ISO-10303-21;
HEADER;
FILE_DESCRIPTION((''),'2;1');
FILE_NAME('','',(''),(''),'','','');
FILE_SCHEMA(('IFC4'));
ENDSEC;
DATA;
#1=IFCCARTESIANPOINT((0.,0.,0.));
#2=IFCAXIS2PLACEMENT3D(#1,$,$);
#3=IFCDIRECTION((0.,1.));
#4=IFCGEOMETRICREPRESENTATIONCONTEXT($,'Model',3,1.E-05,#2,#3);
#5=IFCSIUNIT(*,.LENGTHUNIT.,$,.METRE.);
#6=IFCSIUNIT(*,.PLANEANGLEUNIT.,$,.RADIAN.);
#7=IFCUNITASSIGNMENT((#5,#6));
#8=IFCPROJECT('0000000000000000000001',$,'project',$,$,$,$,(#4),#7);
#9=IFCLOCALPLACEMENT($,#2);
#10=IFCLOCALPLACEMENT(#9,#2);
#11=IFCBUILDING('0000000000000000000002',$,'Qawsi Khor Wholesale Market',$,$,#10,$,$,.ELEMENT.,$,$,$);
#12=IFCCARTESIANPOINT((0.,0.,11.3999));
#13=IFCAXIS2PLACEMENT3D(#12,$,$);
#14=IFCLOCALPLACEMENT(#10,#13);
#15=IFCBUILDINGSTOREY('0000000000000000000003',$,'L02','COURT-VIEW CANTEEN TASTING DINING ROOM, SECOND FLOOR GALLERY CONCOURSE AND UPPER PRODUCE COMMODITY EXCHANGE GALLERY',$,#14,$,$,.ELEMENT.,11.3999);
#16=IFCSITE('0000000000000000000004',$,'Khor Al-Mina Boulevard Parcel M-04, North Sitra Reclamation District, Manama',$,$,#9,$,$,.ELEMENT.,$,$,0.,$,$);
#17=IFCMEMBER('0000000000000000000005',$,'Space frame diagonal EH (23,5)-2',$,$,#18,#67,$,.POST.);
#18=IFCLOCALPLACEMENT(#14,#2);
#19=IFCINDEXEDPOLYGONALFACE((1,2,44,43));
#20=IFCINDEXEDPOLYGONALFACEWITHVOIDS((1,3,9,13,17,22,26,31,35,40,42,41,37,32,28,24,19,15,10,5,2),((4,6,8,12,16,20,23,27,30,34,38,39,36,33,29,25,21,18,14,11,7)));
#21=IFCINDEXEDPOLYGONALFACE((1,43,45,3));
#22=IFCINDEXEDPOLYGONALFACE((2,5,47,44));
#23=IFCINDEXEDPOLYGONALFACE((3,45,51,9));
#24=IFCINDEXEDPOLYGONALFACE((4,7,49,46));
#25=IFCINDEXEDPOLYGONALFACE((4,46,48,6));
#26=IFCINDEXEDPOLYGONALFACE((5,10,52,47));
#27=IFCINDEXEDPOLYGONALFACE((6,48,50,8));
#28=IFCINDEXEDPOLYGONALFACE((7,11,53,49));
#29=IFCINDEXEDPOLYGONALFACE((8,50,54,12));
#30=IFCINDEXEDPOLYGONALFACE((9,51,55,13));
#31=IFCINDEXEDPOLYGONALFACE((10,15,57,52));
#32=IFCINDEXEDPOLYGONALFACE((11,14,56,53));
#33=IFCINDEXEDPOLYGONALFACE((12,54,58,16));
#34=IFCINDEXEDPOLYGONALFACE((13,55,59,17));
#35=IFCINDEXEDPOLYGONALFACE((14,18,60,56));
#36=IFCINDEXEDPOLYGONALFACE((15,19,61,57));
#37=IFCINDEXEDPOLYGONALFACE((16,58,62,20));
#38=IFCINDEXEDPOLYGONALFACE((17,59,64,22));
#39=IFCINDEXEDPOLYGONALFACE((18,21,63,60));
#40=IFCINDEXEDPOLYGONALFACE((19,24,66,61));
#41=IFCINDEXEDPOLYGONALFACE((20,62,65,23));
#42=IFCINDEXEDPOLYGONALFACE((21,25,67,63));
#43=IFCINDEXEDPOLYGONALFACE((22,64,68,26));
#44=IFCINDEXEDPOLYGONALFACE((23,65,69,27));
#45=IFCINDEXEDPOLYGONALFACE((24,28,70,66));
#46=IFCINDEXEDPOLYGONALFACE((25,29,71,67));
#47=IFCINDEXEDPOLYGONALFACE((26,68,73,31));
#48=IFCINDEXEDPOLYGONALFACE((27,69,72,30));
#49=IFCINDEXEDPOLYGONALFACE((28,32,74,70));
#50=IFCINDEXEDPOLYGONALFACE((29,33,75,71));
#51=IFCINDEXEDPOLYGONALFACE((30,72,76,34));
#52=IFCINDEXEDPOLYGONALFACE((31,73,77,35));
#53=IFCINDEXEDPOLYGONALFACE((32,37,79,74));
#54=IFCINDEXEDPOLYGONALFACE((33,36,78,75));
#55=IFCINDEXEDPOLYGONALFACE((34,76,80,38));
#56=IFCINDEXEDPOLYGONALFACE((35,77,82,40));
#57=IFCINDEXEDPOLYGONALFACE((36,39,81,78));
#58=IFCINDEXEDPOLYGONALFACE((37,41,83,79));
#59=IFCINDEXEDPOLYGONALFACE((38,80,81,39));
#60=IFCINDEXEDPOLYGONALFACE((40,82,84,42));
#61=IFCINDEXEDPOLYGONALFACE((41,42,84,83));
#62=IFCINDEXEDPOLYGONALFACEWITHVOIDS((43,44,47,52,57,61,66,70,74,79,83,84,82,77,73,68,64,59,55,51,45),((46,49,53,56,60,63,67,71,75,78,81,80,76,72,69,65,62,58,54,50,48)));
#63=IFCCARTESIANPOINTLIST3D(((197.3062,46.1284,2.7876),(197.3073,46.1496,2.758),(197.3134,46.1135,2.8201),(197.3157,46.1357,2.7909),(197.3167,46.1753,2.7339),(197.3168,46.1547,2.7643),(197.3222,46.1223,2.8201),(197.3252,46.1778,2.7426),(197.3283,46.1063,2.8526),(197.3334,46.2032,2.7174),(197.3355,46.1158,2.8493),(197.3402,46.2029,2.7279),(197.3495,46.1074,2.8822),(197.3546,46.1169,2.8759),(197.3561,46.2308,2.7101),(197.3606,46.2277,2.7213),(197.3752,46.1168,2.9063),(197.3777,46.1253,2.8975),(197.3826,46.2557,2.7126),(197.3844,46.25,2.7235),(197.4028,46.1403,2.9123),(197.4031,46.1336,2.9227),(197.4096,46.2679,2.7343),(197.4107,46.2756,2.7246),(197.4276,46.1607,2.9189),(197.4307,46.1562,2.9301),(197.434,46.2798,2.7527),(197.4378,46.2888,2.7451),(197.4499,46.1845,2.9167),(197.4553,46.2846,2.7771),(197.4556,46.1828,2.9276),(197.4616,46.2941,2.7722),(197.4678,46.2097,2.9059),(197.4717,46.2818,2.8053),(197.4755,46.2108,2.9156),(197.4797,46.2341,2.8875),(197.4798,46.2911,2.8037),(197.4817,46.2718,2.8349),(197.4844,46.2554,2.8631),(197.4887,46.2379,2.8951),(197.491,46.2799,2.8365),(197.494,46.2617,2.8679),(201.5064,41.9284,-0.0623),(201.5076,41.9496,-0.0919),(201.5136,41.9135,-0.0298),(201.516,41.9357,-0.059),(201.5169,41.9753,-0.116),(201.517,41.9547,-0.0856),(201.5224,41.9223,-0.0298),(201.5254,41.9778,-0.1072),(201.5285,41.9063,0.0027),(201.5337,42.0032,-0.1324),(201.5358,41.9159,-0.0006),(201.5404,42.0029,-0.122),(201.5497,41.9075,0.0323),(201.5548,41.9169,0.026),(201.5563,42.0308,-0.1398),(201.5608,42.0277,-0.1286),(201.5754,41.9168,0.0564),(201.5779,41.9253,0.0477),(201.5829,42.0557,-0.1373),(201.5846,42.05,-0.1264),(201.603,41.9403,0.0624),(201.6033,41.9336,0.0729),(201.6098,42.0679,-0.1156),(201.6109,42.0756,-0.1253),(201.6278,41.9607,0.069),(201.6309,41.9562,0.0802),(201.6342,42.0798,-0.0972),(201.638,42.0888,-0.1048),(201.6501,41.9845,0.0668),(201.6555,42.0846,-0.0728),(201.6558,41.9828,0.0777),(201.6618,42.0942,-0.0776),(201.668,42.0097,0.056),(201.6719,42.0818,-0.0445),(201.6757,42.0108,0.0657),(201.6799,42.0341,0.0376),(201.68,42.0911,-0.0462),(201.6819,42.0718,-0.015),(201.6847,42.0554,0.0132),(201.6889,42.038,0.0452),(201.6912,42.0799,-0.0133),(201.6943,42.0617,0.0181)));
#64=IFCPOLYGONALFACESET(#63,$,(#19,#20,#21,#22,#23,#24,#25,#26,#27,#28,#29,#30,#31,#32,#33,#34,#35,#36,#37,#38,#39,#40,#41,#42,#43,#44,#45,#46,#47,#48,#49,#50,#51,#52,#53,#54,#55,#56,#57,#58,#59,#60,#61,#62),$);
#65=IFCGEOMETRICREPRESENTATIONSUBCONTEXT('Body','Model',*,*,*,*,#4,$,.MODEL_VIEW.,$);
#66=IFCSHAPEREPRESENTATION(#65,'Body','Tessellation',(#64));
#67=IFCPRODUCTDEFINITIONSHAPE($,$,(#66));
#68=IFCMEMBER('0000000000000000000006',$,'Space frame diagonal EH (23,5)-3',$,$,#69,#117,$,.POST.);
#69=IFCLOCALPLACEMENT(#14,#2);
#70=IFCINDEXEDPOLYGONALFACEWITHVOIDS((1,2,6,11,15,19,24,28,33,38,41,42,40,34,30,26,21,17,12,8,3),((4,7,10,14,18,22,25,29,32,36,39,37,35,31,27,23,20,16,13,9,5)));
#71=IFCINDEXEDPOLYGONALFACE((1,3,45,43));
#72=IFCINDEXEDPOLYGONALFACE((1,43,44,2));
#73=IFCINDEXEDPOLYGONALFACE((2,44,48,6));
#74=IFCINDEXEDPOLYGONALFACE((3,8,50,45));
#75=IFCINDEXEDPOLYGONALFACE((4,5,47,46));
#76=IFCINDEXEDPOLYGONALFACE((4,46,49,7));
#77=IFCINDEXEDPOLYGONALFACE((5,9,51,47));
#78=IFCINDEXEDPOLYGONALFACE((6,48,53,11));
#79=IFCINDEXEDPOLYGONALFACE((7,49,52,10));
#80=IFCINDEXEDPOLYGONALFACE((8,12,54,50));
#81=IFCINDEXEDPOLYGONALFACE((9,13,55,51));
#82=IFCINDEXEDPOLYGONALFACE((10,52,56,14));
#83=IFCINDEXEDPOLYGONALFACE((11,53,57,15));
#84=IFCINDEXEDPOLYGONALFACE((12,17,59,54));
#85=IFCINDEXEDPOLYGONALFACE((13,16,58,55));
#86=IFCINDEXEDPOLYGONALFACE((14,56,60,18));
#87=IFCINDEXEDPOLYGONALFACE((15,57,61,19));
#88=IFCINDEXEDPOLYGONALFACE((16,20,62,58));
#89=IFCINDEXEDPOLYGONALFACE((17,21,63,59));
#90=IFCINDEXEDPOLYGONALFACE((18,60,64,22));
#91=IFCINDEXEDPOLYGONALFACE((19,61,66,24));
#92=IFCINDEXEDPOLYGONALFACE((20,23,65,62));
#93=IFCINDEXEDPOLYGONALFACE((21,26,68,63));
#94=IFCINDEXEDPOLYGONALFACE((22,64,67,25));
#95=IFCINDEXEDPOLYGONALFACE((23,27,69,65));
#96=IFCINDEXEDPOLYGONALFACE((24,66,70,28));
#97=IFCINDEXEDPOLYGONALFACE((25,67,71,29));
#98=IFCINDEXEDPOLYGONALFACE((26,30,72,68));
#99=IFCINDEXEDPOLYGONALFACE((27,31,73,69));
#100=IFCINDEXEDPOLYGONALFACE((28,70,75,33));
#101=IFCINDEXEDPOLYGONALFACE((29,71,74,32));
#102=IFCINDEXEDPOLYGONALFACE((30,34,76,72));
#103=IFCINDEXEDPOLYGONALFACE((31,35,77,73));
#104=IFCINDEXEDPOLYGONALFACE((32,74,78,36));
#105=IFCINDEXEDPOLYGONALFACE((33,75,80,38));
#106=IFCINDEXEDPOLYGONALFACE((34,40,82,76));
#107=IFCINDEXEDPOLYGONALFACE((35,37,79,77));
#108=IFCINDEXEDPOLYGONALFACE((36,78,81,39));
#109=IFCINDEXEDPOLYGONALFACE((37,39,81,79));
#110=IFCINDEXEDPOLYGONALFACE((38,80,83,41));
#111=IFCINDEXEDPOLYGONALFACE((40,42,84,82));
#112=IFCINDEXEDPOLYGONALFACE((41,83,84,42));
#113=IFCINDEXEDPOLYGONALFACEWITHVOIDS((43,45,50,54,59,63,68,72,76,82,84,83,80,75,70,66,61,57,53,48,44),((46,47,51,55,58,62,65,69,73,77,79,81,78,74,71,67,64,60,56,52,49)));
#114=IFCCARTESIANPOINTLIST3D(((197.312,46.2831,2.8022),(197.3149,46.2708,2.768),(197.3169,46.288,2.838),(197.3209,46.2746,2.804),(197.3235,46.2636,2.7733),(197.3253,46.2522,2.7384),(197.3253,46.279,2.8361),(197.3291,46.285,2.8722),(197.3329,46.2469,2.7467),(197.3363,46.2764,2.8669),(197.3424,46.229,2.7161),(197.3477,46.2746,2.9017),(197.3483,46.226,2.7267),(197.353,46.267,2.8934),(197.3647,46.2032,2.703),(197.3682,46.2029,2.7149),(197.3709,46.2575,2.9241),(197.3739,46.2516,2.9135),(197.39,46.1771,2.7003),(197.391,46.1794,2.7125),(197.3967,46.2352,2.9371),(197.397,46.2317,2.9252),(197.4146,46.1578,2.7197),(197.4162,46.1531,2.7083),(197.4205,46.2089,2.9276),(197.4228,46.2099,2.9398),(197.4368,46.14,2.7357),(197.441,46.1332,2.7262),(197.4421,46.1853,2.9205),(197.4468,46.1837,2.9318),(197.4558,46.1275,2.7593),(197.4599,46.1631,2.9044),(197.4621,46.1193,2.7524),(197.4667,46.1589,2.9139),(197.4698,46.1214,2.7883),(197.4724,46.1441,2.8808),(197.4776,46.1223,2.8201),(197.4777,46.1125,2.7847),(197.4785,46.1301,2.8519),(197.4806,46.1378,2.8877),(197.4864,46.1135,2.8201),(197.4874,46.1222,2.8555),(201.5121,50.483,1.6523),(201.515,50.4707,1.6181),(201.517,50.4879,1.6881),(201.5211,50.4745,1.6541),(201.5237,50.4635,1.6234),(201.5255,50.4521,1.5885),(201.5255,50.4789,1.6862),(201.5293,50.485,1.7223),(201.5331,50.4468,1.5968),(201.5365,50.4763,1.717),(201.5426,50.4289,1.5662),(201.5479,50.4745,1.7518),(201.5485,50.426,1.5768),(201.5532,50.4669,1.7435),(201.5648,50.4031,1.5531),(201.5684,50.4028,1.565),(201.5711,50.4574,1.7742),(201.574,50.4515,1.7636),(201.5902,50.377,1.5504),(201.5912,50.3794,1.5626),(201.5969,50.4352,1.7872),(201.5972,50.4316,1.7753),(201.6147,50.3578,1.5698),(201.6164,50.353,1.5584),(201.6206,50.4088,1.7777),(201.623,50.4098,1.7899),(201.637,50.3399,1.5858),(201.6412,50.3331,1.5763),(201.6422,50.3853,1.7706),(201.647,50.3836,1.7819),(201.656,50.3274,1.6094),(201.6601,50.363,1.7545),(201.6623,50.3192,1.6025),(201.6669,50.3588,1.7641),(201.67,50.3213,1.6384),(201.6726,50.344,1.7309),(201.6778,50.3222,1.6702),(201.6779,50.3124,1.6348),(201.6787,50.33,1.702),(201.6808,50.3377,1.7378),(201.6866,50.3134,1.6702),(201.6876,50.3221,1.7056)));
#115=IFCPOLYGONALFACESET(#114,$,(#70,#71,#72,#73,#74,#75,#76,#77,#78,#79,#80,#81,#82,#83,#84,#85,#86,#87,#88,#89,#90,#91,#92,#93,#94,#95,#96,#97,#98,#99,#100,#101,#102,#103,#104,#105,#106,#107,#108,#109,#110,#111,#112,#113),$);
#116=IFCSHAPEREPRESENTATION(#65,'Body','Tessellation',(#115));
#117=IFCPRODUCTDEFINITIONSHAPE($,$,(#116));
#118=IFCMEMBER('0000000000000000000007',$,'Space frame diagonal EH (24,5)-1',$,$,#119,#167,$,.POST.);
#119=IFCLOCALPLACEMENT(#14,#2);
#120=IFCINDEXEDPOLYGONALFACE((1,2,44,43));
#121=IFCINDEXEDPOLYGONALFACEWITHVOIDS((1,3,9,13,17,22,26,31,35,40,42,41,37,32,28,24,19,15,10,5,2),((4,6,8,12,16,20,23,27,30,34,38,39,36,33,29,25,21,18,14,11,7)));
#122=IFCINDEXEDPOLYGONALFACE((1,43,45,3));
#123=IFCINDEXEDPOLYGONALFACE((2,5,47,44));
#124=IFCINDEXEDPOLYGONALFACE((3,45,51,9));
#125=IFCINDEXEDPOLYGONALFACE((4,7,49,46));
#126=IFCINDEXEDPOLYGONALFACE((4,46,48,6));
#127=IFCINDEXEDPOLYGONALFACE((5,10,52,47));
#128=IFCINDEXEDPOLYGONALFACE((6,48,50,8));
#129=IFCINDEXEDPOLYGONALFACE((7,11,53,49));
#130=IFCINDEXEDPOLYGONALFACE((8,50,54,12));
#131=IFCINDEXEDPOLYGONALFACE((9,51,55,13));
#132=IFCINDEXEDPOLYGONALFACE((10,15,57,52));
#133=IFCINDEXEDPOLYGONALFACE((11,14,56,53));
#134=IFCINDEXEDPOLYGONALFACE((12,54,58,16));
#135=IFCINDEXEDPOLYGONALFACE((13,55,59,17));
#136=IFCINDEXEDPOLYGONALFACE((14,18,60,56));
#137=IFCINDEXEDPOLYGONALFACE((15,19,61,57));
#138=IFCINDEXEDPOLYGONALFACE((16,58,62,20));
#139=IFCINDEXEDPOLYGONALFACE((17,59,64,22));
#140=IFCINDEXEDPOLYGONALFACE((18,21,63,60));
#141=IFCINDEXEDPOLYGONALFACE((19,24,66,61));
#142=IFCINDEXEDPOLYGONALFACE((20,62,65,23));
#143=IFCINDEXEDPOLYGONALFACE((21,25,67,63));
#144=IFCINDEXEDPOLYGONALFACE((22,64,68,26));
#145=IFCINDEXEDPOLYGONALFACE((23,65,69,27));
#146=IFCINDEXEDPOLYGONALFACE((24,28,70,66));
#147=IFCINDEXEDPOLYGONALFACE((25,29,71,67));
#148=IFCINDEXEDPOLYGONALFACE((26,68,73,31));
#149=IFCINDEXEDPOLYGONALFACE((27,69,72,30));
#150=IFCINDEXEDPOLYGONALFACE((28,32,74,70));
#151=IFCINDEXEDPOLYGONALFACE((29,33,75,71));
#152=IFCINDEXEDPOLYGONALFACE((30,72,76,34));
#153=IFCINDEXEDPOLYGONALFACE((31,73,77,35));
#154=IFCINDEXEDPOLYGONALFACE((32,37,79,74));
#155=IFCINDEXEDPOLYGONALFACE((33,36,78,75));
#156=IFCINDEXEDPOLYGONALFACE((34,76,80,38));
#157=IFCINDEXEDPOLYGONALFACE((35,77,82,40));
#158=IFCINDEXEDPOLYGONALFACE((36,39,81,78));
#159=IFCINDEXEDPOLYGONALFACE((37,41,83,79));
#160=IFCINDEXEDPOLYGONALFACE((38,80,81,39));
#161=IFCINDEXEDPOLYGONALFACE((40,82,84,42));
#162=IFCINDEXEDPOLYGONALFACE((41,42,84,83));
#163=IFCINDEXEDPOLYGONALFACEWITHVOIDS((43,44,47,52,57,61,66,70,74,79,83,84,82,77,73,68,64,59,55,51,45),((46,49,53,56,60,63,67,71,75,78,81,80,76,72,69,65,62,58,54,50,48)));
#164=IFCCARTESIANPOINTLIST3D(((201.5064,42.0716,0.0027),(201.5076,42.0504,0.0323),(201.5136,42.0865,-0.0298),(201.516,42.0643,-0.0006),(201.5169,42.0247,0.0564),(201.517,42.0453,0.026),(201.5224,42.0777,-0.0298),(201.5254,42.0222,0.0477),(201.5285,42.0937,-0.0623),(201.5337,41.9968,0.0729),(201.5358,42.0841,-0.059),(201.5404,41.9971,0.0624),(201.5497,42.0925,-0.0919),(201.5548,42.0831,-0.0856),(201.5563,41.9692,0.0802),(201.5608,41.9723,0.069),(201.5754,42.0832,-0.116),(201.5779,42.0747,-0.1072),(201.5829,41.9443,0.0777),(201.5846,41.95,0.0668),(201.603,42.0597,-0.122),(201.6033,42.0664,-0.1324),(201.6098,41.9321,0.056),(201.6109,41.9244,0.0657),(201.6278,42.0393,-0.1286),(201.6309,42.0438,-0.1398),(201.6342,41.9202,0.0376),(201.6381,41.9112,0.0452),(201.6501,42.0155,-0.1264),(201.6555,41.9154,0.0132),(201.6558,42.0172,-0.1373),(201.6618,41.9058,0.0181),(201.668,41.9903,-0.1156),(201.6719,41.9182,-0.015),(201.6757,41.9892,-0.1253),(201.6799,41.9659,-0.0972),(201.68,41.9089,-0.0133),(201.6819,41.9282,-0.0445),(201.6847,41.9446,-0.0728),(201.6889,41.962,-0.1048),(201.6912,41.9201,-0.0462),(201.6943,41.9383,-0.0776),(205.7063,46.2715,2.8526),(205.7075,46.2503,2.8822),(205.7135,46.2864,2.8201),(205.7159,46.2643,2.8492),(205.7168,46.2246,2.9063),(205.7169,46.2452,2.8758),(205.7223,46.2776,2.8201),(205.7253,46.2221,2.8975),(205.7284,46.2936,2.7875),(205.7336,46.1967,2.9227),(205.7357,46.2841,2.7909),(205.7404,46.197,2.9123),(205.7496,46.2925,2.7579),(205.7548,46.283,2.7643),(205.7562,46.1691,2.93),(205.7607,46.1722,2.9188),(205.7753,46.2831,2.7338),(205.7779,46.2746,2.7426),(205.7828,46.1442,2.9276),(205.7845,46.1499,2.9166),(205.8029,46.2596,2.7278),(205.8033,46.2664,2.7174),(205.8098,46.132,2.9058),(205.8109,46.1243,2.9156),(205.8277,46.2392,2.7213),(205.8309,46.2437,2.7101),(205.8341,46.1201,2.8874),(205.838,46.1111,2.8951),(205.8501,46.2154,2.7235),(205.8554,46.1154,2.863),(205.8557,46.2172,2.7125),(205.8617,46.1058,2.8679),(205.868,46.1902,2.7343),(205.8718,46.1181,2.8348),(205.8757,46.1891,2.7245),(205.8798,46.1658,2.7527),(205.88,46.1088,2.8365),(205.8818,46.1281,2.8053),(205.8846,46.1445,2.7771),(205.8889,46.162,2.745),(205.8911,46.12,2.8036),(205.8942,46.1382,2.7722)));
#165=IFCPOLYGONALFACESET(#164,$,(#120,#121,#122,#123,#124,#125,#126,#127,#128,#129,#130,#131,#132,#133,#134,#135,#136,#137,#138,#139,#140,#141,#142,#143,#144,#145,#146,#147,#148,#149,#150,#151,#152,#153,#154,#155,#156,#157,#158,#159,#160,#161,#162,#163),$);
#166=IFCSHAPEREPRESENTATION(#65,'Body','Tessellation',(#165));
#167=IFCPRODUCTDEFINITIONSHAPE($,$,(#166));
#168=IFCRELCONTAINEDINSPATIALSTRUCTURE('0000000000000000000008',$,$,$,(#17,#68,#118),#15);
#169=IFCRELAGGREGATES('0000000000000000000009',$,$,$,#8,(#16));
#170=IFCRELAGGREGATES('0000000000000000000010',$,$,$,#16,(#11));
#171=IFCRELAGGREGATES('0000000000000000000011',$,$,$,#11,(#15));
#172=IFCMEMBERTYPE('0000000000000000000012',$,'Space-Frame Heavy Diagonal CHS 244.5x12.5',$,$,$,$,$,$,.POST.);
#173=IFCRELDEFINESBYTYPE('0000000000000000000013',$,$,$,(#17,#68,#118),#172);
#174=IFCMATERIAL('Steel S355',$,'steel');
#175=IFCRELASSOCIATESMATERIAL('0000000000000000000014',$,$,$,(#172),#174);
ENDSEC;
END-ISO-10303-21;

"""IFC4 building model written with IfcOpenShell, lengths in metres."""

from ifc_helpers import new_model, si_unit, direction, frame, origin, origin_2d, place, context, subcontext, project, spatial, hollow_circle, extrude, material, material_profile, profile_set, type_object, element, save


model = new_model("IFC4")

# Units and contexts
model_context = context("Model", 3, precision=1e-05, world=origin(), true_north=direction((0.0, 1.0)))
body_context = subcontext(model_context, "Body", "Model", "MODEL_VIEW")
ifc_project = project(units=[si_unit("LENGTHUNIT", "METRE"), si_unit("PLANEANGLEUNIT", "RADIAN")], contexts=[model_context])

# Site, building, storey
site_placement = place(None, origin())
site = spatial("IfcSite", under=ifc_project, at=site_placement, Name="Khor Al-Mina Boulevard Parcel M-04, North Sitra Reclamation District, Manama", CompositionType="ELEMENT", RefElevation=0.0)
building_placement = place(site_placement, origin())
building = spatial("IfcBuilding", under=site, at=building_placement, Name="Qawsi Khor Wholesale Market", CompositionType="ELEMENT")
storey_placement = place(building_placement, frame((0.0, 0.0, 11.3999)))
storey = spatial("IfcBuildingStorey", under=building, at=storey_placement, Name="L02", Description="COURT-VIEW CANTEEN TASTING DINING ROOM, SECOND FLOOR GALLERY CONCOURSE AND UPPER PRODUCE COMMODITY EXCHANGE GALLERY", CompositionType="ELEMENT", Elevation=11.3999)

# Members
ifc_material_1 = material(Name="Steel S355", Category="steel")
ifc_material_profile_1 = material_profile(ifc_material_1, hollow_circle(Radius=0.1223, WallThickness=0.0125, at=origin_2d()), Name="CHS 244.5x12.5")
ifc_profile_set_1 = profile_set([ifc_material_profile_1], Name="Steel S355")
member_type_1 = type_object("IfcMemberType", Name="Space-Frame Heavy Diagonal CHS 244.5x12.5", PredefinedType="POST", material=ifc_profile_set_1)
member_1_placement = place(storey_placement, frame((201.6001, 42.0, -0.0298), z_axis=(-0.637544, 0.637507, 0.432577), x_axis=(-0.707086, -0.707127, 0.0)))
element("IfcMember", 1, at=member_1_placement, inside=storey, type_object=member_type_1, Name="Space frame diagonal EH (23,5)-2", PredefinedType="POST", context=body_context, shape_type="SweptSolid", body=[
    extrude(hollow_circle(Radius=0.1223, WallThickness=0.0125, at=origin_2d()), origin(), (0.0, 0.0, 1.0), 6.5881),
])
member_2_placement = place(storey_placement, frame((201.6001, 50.3999, 1.6702), z_axis=(-0.694238, -0.694197, 0.190064), x_axis=(0.707086, -0.707127, 0.0)))
element("IfcMember", 2, at=member_2_placement, inside=storey, type_object=member_type_1, Name="Space frame diagonal EH (23,5)-3", PredefinedType="POST", context=body_context, shape_type="SweptSolid", body=[
    extrude(hollow_circle(Radius=0.1223, WallThickness=0.0125, at=origin_2d()), origin(), (0.0, 0.0, 1.0), 6.05),
])
member_3_placement = place(storey_placement, frame((201.6001, 42.0, -0.0298), z_axis=(0.637522, 0.637522, 0.432587), x_axis=(-0.707107, 0.707107, 0.0)))
element("IfcMember", 3, at=member_3_placement, inside=storey, type_object=member_type_1, Name="Space frame diagonal EH (24,5)-1", PredefinedType="POST", context=body_context, shape_type="SweptSolid", body=[
    extrude(hollow_circle(Radius=0.1223, WallThickness=0.0125, at=origin_2d()), origin(), (0.0, 0.0, 1.0), 6.5879),
])

save(model, "model.ifc")
